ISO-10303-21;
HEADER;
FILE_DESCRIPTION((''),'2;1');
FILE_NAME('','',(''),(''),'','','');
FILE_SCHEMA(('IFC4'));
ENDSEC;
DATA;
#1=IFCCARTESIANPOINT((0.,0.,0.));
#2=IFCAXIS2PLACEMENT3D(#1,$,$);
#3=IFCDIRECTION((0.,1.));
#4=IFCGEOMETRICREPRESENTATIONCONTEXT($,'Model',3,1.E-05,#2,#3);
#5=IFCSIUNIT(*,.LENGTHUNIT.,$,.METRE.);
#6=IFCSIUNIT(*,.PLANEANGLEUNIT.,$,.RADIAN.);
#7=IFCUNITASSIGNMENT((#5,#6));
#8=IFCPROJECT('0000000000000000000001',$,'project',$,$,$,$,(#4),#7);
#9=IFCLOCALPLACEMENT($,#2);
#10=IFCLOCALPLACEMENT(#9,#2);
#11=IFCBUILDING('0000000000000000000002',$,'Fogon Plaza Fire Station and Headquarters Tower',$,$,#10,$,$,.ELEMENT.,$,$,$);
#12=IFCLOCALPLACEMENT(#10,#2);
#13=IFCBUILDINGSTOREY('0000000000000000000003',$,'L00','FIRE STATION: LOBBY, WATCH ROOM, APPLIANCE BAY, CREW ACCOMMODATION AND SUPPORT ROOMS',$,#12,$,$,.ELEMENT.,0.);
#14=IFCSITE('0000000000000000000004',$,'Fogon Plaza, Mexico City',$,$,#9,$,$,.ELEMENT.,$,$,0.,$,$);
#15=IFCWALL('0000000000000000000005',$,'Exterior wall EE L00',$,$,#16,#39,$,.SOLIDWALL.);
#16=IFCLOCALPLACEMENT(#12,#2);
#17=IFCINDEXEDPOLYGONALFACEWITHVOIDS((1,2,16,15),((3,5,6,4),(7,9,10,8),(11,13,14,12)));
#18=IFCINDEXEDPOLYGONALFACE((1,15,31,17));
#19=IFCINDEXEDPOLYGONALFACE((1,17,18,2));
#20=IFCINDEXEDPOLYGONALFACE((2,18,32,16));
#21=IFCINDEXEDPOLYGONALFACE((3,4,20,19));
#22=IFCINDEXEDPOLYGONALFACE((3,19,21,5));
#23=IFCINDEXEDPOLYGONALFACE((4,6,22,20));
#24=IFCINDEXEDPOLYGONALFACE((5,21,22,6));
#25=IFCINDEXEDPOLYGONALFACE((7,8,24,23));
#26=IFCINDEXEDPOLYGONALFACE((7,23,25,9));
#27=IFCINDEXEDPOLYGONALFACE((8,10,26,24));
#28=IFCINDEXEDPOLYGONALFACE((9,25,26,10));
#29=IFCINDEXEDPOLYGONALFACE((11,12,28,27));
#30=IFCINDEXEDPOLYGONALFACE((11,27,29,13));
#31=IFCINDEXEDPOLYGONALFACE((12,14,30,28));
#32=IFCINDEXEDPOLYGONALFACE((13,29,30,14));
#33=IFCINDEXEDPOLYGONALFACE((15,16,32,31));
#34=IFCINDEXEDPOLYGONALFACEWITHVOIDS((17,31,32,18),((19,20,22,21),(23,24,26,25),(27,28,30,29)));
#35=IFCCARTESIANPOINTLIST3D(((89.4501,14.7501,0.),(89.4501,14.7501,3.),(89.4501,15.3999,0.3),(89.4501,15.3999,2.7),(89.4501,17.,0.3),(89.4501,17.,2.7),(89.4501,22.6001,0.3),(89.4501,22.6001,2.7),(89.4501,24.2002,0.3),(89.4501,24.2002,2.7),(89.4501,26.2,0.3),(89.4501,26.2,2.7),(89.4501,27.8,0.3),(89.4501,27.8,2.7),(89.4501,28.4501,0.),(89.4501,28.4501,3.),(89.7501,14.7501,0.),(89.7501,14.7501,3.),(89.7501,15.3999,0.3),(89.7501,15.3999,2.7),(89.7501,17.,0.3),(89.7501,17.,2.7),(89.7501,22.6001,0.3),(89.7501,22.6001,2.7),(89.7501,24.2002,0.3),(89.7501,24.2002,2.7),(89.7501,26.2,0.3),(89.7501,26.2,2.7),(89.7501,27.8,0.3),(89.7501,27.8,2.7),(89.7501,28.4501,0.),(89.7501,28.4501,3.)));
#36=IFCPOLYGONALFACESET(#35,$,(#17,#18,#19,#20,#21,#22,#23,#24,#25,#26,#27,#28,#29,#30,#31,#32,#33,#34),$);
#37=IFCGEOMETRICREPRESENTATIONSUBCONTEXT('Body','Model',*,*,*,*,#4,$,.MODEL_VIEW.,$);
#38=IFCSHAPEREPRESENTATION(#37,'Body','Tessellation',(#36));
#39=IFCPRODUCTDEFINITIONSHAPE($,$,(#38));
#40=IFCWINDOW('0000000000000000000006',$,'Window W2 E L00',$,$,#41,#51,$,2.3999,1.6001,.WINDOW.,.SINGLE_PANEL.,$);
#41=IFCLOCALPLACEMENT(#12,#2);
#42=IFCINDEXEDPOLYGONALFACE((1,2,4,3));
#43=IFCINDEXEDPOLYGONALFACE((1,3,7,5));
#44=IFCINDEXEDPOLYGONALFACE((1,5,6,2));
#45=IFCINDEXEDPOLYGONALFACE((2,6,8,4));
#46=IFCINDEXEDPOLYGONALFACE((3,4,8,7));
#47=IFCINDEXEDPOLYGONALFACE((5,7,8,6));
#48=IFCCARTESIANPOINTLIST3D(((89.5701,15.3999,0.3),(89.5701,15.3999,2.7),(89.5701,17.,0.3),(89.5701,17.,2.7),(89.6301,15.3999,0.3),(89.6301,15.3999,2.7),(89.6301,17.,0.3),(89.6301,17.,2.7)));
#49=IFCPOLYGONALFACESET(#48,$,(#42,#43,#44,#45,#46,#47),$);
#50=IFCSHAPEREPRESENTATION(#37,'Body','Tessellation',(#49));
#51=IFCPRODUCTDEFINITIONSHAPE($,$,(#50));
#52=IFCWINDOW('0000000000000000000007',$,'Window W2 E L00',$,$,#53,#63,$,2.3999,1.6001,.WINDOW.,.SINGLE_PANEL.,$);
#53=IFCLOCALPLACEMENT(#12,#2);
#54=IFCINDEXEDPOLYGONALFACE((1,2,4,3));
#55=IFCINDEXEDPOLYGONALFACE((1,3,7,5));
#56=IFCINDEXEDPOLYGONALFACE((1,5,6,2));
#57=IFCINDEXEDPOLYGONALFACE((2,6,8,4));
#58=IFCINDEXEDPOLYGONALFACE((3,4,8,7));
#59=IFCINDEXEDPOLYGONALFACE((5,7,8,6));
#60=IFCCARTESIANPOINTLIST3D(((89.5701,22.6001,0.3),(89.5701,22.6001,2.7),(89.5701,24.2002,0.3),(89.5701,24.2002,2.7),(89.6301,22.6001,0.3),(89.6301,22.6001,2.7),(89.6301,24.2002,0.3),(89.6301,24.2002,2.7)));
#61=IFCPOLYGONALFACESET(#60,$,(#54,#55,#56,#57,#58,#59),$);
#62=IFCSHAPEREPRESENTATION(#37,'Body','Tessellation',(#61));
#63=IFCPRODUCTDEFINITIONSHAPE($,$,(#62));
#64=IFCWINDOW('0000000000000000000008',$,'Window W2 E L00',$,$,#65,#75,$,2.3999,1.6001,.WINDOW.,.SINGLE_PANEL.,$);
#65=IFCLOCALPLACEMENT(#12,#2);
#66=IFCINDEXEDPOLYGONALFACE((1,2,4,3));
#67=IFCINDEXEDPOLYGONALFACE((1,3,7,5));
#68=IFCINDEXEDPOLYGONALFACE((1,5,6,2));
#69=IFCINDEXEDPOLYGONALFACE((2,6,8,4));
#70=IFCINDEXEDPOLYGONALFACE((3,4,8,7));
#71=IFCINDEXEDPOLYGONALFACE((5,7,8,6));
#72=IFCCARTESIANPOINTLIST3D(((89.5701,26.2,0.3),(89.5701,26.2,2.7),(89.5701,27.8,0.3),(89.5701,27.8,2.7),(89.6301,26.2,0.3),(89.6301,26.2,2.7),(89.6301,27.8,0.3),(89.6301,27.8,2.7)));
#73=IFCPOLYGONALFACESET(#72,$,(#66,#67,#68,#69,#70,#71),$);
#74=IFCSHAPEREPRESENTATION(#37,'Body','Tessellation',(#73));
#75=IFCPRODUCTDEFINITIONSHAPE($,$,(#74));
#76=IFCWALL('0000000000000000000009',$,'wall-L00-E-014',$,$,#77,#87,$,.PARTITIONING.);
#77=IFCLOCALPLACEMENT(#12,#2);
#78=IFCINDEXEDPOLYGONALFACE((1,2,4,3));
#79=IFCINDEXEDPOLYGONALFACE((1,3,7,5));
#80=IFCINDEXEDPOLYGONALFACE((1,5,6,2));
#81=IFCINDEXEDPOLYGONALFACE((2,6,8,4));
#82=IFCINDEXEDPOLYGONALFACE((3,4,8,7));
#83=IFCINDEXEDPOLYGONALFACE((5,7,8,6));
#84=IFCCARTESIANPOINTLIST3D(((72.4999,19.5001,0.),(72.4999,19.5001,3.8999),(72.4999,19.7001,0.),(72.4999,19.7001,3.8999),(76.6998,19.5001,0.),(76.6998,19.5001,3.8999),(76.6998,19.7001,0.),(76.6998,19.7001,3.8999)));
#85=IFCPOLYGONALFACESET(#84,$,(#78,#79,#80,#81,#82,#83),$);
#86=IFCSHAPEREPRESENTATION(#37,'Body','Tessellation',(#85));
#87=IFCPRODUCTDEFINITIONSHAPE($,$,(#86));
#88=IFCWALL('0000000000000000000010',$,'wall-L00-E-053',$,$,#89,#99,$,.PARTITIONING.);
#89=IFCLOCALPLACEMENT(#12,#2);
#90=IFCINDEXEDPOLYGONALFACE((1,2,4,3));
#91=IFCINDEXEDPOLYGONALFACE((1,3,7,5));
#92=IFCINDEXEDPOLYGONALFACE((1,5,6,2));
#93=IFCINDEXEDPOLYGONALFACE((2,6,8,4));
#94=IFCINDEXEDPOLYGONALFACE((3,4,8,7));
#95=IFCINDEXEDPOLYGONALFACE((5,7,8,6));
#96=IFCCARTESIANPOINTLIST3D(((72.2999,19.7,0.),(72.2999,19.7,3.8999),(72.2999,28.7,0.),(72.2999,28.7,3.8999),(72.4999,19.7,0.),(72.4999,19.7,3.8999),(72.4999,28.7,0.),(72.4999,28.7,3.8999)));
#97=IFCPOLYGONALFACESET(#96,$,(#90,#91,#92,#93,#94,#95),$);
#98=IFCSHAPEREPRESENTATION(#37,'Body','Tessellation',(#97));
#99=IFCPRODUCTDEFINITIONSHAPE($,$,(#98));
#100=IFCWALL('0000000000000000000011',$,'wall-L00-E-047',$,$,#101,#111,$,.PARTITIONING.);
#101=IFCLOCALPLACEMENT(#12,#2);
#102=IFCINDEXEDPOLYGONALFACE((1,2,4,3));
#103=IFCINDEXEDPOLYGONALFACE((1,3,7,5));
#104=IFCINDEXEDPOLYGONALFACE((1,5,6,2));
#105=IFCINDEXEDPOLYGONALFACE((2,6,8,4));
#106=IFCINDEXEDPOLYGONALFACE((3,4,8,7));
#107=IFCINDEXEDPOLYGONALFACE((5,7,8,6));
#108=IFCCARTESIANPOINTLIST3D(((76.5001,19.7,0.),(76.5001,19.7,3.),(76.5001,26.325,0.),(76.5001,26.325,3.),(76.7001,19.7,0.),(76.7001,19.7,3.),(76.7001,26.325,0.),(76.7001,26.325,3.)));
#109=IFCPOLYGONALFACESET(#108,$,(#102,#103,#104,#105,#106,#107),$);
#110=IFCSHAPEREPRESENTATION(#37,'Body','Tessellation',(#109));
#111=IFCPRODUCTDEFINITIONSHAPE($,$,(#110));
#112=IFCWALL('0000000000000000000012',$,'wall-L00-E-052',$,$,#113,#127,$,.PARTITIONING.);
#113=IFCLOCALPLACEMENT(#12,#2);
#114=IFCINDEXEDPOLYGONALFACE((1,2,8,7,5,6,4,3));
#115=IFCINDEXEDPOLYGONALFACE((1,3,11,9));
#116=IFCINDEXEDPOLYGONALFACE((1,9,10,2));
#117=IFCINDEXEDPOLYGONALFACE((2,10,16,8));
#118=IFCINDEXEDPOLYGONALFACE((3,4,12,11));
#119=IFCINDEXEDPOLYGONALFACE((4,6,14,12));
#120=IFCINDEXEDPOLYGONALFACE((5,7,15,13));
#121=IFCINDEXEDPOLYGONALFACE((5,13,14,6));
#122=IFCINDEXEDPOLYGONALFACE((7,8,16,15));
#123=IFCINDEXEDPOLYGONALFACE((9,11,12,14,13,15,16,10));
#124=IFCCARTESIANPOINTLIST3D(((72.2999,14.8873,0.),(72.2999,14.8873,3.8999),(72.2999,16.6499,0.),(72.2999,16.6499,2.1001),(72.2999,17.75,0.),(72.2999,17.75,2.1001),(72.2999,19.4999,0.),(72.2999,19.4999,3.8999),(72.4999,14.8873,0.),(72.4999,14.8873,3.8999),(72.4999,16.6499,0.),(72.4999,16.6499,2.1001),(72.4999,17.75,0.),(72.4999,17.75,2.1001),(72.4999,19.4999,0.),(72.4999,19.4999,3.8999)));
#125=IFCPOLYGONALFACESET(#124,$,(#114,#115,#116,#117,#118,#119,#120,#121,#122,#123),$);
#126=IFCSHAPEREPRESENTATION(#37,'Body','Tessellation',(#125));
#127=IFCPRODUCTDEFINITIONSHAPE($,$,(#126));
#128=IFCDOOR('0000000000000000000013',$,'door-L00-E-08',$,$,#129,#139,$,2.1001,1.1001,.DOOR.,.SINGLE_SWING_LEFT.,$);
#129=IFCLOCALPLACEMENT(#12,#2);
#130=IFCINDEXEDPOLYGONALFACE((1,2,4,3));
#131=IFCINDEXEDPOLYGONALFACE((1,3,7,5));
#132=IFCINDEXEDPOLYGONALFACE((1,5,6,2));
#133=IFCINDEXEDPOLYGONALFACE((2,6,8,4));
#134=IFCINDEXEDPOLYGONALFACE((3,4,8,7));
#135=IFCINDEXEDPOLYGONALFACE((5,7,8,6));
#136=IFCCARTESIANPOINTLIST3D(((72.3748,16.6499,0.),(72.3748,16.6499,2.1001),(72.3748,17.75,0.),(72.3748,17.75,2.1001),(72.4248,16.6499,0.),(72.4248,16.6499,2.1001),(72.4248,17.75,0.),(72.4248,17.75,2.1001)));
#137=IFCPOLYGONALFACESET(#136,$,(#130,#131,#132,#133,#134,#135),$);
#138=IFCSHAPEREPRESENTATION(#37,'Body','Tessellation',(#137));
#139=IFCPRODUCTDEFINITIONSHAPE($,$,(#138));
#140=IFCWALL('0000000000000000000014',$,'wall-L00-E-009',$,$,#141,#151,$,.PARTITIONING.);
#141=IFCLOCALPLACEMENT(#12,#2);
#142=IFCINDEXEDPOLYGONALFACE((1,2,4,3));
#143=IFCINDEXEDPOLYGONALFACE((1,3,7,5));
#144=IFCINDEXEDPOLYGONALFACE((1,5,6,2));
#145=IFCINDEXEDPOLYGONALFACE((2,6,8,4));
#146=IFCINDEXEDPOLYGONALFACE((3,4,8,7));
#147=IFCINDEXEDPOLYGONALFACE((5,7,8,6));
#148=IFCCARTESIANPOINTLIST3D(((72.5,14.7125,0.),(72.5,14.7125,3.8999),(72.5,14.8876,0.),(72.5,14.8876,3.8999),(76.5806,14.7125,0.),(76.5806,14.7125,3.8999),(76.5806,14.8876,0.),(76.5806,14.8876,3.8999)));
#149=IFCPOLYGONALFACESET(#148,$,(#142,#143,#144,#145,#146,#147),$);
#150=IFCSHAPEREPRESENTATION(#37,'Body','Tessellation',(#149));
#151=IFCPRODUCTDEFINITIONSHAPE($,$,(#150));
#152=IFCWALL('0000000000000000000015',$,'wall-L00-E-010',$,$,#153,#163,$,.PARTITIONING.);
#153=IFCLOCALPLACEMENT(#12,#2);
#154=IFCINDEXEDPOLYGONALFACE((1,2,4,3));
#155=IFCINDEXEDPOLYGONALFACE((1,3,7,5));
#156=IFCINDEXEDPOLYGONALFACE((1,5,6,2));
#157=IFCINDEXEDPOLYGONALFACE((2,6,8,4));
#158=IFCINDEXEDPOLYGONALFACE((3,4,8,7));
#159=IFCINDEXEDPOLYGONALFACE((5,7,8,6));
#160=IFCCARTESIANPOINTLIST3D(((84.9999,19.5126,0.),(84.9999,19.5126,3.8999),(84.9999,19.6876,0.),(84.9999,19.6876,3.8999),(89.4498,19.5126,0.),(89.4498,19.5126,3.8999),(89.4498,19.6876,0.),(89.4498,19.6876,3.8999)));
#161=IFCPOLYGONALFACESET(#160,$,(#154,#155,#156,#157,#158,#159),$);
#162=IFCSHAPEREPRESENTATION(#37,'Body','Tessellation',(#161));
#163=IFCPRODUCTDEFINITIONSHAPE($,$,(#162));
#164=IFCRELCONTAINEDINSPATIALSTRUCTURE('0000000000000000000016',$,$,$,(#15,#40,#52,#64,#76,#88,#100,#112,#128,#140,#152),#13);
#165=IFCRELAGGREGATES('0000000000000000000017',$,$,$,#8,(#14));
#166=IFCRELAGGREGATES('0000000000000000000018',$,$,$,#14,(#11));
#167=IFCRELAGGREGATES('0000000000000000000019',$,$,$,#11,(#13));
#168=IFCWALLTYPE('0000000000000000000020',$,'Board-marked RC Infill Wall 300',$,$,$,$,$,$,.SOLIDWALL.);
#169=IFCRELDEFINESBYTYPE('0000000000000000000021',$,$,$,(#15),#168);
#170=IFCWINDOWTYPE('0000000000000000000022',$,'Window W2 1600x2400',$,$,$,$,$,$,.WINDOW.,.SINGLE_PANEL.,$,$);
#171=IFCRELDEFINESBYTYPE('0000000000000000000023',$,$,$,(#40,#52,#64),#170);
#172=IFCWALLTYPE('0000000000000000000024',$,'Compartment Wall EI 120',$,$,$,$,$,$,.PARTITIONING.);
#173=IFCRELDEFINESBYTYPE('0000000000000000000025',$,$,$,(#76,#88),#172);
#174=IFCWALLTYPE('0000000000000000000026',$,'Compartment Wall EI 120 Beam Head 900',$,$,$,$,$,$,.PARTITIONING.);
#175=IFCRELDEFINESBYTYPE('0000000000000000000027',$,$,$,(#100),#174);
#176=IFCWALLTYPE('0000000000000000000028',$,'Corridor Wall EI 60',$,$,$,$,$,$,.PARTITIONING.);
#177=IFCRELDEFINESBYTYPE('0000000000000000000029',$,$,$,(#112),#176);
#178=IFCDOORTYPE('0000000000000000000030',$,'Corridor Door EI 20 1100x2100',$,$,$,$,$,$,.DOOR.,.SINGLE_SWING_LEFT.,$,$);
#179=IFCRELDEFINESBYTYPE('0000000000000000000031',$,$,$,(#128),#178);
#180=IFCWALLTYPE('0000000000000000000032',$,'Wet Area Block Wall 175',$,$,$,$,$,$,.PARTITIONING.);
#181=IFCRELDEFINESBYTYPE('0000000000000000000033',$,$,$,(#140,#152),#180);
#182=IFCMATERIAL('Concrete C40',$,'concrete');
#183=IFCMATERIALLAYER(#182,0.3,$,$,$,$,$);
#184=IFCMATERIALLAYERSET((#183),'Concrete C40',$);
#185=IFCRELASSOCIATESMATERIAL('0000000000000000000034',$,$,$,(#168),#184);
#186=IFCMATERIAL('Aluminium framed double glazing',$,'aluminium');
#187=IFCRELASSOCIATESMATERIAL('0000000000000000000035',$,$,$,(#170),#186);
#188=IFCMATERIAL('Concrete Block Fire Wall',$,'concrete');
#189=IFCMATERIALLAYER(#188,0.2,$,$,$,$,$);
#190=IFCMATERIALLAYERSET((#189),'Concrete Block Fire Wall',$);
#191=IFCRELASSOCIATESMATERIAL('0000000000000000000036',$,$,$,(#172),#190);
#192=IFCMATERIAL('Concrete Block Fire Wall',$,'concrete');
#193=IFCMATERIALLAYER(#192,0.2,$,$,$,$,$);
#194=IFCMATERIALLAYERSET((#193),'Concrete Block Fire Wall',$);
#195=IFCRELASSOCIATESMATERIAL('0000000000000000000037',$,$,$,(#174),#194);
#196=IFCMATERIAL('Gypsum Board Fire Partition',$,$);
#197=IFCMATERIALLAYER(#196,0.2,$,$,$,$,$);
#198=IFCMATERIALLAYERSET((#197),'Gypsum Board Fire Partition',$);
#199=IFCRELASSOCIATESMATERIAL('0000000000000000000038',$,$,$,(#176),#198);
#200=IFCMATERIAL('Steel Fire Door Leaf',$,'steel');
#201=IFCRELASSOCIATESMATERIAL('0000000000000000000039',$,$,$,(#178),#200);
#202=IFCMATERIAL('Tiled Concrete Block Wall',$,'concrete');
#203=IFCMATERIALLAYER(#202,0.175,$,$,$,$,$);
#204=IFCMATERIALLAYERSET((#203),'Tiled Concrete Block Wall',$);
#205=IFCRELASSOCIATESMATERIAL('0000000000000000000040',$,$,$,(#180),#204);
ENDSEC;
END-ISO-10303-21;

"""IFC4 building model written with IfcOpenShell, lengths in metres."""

from ifc_helpers import new_model, si_unit, direction, frame, frame_2d, origin, place, context, subcontext, project, spatial, rectangle, extrude, material, layer, layer_set, type_object, element, fill, save


model = new_model("IFC4")

# Units and contexts
model_context = context("Model", 3, precision=1e-05, world=origin(), true_north=direction((0.0, 1.0)))
body_context = subcontext(model_context, "Body", "Model", "MODEL_VIEW")
ifc_project = project(units=[si_unit("LENGTHUNIT", "METRE"), si_unit("PLANEANGLEUNIT", "RADIAN")], contexts=[model_context])

# Site, building, storey
site_placement = place(None, origin())
site = spatial("IfcSite", under=ifc_project, at=site_placement, Name="Fogon Plaza, Mexico City", CompositionType="ELEMENT", RefElevation=0.0)
building_placement = place(site_placement, origin())
building = spatial("IfcBuilding", under=site, at=building_placement, Name="Fogon Plaza Fire Station and Headquarters Tower", CompositionType="ELEMENT")
storey_placement = place(building_placement, origin())
storey = spatial("IfcBuildingStorey", under=building, at=storey_placement, Name="L00", Description="FIRE STATION: LOBBY, WATCH ROOM, APPLIANCE BAY, CREW ACCOMMODATION AND SUPPORT ROOMS", CompositionType="ELEMENT", Elevation=0.0)

# Wall, openings, windows
ifc_material_1 = material(Name="Concrete C40", Category="concrete")
ifc_layer_1 = layer(ifc_material_1, 0.3)
ifc_layer_set_1 = layer_set([ifc_layer_1], Name="Concrete C40")
wall_type_1 = type_object("IfcWallType", Name="Board-marked RC Infill Wall 300", PredefinedType="SOLIDWALL", material=ifc_layer_set_1)
wall_1_placement = place(storey_placement, frame((89.6001, 14.75, 0.0), z_axis=(0.0, 0.0, 1.0), x_axis=(0.0, 1.0, 0.0)))
wall_1 = element("IfcWall", 1, at=wall_1_placement, inside=storey, type_object=wall_type_1, Name="Exterior wall EE L00", PredefinedType="SOLIDWALL", context=body_context, shape_type="SweptSolid", body=[
    extrude(rectangle(XDim=13.7, YDim=0.3, at=frame_2d((6.8501, 0.0))), origin(), (0.0, 0.0, 1.0), 3.0),
])
opening_1_placement = place(wall_1_placement, frame((0.6499, 0.0, 0.3)))
opening_1 = element("IfcOpeningElement", 2, at=opening_1_placement, cuts=wall_1, PredefinedType="OPENING", context=body_context, shape_type="SweptSolid", body=[
    extrude(rectangle(XDim=1.6001, YDim=2.3999, at=frame_2d((0.8, 1.2))), frame((0.0, 0.1599, 0.0), z_axis=(0.0, -1.0, 0.0), x_axis=(1.0, 0.0, 0.0)), (0.0, 0.0, 1.0), 0.3201),
])
opening_2_placement = place(wall_1_placement, frame((7.8501, 0.0, 0.3)))
opening_2 = element("IfcOpeningElement", 3, at=opening_2_placement, cuts=wall_1, PredefinedType="OPENING", context=body_context, shape_type="SweptSolid", body=[
    extrude(rectangle(XDim=1.6001, YDim=2.3999, at=frame_2d((0.8, 1.2))), frame((0.0, 0.1599, 0.0), z_axis=(0.0, -1.0, 0.0), x_axis=(1.0, 0.0, 0.0)), (0.0, 0.0, 1.0), 0.3201),
])
opening_3_placement = place(wall_1_placement, frame((11.45, 0.0, 0.3)))
opening_3 = element("IfcOpeningElement", 4, at=opening_3_placement, cuts=wall_1, PredefinedType="OPENING", context=body_context, shape_type="SweptSolid", body=[
    extrude(rectangle(XDim=1.6001, YDim=2.3999, at=frame_2d((0.8, 1.2))), frame((0.0, 0.1599, 0.0), z_axis=(0.0, -1.0, 0.0), x_axis=(1.0, 0.0, 0.0)), (0.0, 0.0, 1.0), 0.3201),
])
ifc_material_2 = material(Name="Aluminium framed double glazing", Category="aluminium")
window_type = type_object("IfcWindowType", Name="Window W2 1600x2400", PartitioningType="SINGLE_PANEL", PredefinedType="WINDOW", material=ifc_material_2)
window_1_placement = place(opening_1_placement, origin())
window_1 = element("IfcWindow", 5, at=window_1_placement, inside=storey, type_object=window_type, Name="Window W2 E L00", OverallHeight=2.3999, OverallWidth=1.6001, PartitioningType="SINGLE_PANEL", PredefinedType="WINDOW", context=body_context, shape_type="SweptSolid", body=[
    extrude(rectangle(XDim=1.6001, YDim=2.3999, at=frame_2d((0.8, 1.2))), frame((0.0, 0.03, 0.0), z_axis=(0.0, -1.0, 0.0), x_axis=(1.0, 0.0, 0.0)), (0.0, 0.0, 1.0), 0.0601),
])
fill(opening_1, window_1)
window_2_placement = place(opening_2_placement, origin())
window_2 = element("IfcWindow", 6, at=window_2_placement, inside=storey, type_object=window_type, Name="Window W2 E L00", OverallHeight=2.3999, OverallWidth=1.6001, PartitioningType="SINGLE_PANEL", PredefinedType="WINDOW", context=body_context, shape_type="SweptSolid", body=[
    extrude(rectangle(XDim=1.6001, YDim=2.3999, at=frame_2d((0.8, 1.2))), frame((0.0, 0.03, 0.0), z_axis=(0.0, -1.0, 0.0), x_axis=(1.0, 0.0, 0.0)), (0.0, 0.0, 1.0), 0.0601),
])
fill(opening_2, window_2)
window_3_placement = place(opening_3_placement, origin())
window_3 = element("IfcWindow", 7, at=window_3_placement, inside=storey, type_object=window_type, Name="Window W2 E L00", OverallHeight=2.3999, OverallWidth=1.6001, PartitioningType="SINGLE_PANEL", PredefinedType="WINDOW", context=body_context, shape_type="SweptSolid", body=[
    extrude(rectangle(XDim=1.6001, YDim=2.3999, at=frame_2d((0.8, 1.2))), frame((0.0, 0.03, 0.0), z_axis=(0.0, -1.0, 0.0), x_axis=(1.0, 0.0, 0.0)), (0.0, 0.0, 1.0), 0.0601),
])
fill(opening_3, window_3)

# Walls
ifc_material_3 = material(Name="Concrete Block Fire Wall", Category="concrete")
ifc_layer_2 = layer(ifc_material_3, 0.2)
ifc_layer_set_2 = layer_set([ifc_layer_2], Name="Concrete Block Fire Wall")
wall_type_2 = type_object("IfcWallType", Name="Compartment Wall EI 120", PredefinedType="PARTITIONING", material=ifc_layer_set_2)
wall_2_placement = place(storey_placement, frame((76.7, 19.6001, 0.0), z_axis=(0.0, 0.0, 1.0), x_axis=(-1.0, 0.0, 0.0)))
element("IfcWall", 8, at=wall_2_placement, inside=storey, type_object=wall_type_2, Name="wall-L00-E-014", PredefinedType="PARTITIONING", context=body_context, shape_type="SweptSolid", body=[
    extrude(rectangle(XDim=4.2, YDim=0.2, at=frame_2d((2.1001, 0.0))), origin(), (0.0, 0.0, 1.0), 3.8999),
])
wall_3_placement = place(storey_placement, frame((72.3999, 19.7, 0.0), z_axis=(0.0, 0.0, 1.0), x_axis=(0.0, 1.0, 0.0)))
element("IfcWall", 9, at=wall_3_placement, inside=storey, type_object=wall_type_2, Name="wall-L00-E-053", PredefinedType="PARTITIONING", context=body_context, shape_type="SweptSolid", body=[
    extrude(rectangle(XDim=9.0, YDim=0.2, at=frame_2d((4.5, 0.0))), origin(), (0.0, 0.0, 1.0), 3.8999),
])
ifc_material_4 = material(Name="Concrete Block Fire Wall", Category="concrete")
ifc_layer_3 = layer(ifc_material_4, 0.2)
ifc_layer_set_3 = layer_set([ifc_layer_3], Name="Concrete Block Fire Wall")
wall_type_3 = type_object("IfcWallType", Name="Compartment Wall EI 120 Beam Head 900", PredefinedType="PARTITIONING", material=ifc_layer_set_3)
wall_4_placement = place(storey_placement, frame((76.6001, 19.7, 0.0), z_axis=(0.0, 0.0, 1.0), x_axis=(0.0, 1.0, 0.0)))
element("IfcWall", 10, at=wall_4_placement, inside=storey, type_object=wall_type_3, Name="wall-L00-E-047", PredefinedType="PARTITIONING", context=body_context, shape_type="SweptSolid", body=[
    extrude(rectangle(XDim=6.625, YDim=0.2, at=frame_2d((3.3125, 0.0))), origin(), (0.0, 0.0, 1.0), 3.0),
])

# Wall, opening, door
ifc_material_5 = material(Name="Gypsum Board Fire Partition")
ifc_layer_4 = layer(ifc_material_5, 0.2)
ifc_layer_set_4 = layer_set([ifc_layer_4], Name="Gypsum Board Fire Partition")
wall_type_4 = type_object("IfcWallType", Name="Corridor Wall EI 60", PredefinedType="PARTITIONING", material=ifc_layer_set_4)
wall_5_placement = place(storey_placement, frame((72.3999, 14.8875, 0.0), z_axis=(0.0, 0.0, 1.0), x_axis=(0.0, 1.0, 0.0)))
wall_5 = element("IfcWall", 11, at=wall_5_placement, inside=storey, type_object=wall_type_4, Name="wall-L00-E-052", PredefinedType="PARTITIONING", context=body_context, shape_type="SweptSolid", body=[
    extrude(rectangle(XDim=4.6125, YDim=0.2, at=frame_2d((2.3062, 0.0))), origin(), (0.0, 0.0, 1.0), 3.8999),
])
opening_4_placement = place(wall_5_placement, frame((1.7625, 0.0, 0.0)))
opening_4 = element("IfcOpeningElement", 12, at=opening_4_placement, cuts=wall_5, PredefinedType="OPENING", context=body_context, shape_type="SweptSolid", body=[
    extrude(rectangle(XDim=1.1001, YDim=2.1001, at=frame_2d((0.55, 1.05))), frame((0.0, 0.1099, 0.0), z_axis=(0.0, -1.0, 0.0), x_axis=(1.0, 0.0, 0.0)), (0.0, 0.0, 1.0), 0.22),
])
ifc_material_6 = material(Name="Steel Fire Door Leaf", Category="steel")
door_type = type_object("IfcDoorType", Name="Corridor Door EI 20 1100x2100", OperationType="SINGLE_SWING_LEFT", PredefinedType="DOOR", material=ifc_material_6)
door_placement = place(opening_4_placement, frame((1.1001, 0.0, 0.0), z_axis=(0.0, 0.0, 1.0), x_axis=(-1.0, 0.0, 0.0)))
door = element("IfcDoor", 13, at=door_placement, inside=storey, type_object=door_type, Name="door-L00-E-08", OperationType="SINGLE_SWING_LEFT", OverallHeight=2.1001, OverallWidth=1.1001, PredefinedType="DOOR", context=body_context, shape_type="SweptSolid", body=[
    extrude(rectangle(XDim=1.1001, YDim=2.1001, at=frame_2d((0.55, 1.05))), frame((0.0, 0.0249, 0.0), z_axis=(0.0, -1.0, 0.0), x_axis=(1.0, 0.0, 0.0)), (0.0, 0.0, 1.0), 0.05),
])
fill(opening_4, door)

# Walls
ifc_material_7 = material(Name="Tiled Concrete Block Wall", Category="concrete")
ifc_layer_5 = layer(ifc_material_7, 0.175)
ifc_layer_set_5 = layer_set([ifc_layer_5], Name="Tiled Concrete Block Wall")
wall_type_5 = type_object("IfcWallType", Name="Wet Area Block Wall 175", PredefinedType="PARTITIONING", material=ifc_layer_set_5)
wall_6_placement = place(storey_placement, frame((76.5806, 14.8, 0.0), z_axis=(0.0, 0.0, 1.0), x_axis=(-1.0, 0.0, 0.0)))
element("IfcWall", 14, at=wall_6_placement, inside=storey, type_object=wall_type_5, Name="wall-L00-E-009", PredefinedType="PARTITIONING", context=body_context, shape_type="SweptSolid", body=[
    extrude(rectangle(XDim=4.0806, YDim=0.175, at=frame_2d((2.0403, 0.0))), origin(), (0.0, 0.0, 1.0), 3.8999),
])
wall_7_placement = place(storey_placement, frame((89.45, 19.6001, 0.0), z_axis=(0.0, 0.0, 1.0), x_axis=(-1.0, 0.0, 0.0)))
element("IfcWall", 15, at=wall_7_placement, inside=storey, type_object=wall_type_5, Name="wall-L00-E-010", PredefinedType="PARTITIONING", context=body_context, shape_type="SweptSolid", body=[
    extrude(rectangle(XDim=4.45, YDim=0.175, at=frame_2d((2.2251, 0.0))), origin(), (0.0, 0.0, 1.0), 3.8999),
])

save(model, "model.ifc")
